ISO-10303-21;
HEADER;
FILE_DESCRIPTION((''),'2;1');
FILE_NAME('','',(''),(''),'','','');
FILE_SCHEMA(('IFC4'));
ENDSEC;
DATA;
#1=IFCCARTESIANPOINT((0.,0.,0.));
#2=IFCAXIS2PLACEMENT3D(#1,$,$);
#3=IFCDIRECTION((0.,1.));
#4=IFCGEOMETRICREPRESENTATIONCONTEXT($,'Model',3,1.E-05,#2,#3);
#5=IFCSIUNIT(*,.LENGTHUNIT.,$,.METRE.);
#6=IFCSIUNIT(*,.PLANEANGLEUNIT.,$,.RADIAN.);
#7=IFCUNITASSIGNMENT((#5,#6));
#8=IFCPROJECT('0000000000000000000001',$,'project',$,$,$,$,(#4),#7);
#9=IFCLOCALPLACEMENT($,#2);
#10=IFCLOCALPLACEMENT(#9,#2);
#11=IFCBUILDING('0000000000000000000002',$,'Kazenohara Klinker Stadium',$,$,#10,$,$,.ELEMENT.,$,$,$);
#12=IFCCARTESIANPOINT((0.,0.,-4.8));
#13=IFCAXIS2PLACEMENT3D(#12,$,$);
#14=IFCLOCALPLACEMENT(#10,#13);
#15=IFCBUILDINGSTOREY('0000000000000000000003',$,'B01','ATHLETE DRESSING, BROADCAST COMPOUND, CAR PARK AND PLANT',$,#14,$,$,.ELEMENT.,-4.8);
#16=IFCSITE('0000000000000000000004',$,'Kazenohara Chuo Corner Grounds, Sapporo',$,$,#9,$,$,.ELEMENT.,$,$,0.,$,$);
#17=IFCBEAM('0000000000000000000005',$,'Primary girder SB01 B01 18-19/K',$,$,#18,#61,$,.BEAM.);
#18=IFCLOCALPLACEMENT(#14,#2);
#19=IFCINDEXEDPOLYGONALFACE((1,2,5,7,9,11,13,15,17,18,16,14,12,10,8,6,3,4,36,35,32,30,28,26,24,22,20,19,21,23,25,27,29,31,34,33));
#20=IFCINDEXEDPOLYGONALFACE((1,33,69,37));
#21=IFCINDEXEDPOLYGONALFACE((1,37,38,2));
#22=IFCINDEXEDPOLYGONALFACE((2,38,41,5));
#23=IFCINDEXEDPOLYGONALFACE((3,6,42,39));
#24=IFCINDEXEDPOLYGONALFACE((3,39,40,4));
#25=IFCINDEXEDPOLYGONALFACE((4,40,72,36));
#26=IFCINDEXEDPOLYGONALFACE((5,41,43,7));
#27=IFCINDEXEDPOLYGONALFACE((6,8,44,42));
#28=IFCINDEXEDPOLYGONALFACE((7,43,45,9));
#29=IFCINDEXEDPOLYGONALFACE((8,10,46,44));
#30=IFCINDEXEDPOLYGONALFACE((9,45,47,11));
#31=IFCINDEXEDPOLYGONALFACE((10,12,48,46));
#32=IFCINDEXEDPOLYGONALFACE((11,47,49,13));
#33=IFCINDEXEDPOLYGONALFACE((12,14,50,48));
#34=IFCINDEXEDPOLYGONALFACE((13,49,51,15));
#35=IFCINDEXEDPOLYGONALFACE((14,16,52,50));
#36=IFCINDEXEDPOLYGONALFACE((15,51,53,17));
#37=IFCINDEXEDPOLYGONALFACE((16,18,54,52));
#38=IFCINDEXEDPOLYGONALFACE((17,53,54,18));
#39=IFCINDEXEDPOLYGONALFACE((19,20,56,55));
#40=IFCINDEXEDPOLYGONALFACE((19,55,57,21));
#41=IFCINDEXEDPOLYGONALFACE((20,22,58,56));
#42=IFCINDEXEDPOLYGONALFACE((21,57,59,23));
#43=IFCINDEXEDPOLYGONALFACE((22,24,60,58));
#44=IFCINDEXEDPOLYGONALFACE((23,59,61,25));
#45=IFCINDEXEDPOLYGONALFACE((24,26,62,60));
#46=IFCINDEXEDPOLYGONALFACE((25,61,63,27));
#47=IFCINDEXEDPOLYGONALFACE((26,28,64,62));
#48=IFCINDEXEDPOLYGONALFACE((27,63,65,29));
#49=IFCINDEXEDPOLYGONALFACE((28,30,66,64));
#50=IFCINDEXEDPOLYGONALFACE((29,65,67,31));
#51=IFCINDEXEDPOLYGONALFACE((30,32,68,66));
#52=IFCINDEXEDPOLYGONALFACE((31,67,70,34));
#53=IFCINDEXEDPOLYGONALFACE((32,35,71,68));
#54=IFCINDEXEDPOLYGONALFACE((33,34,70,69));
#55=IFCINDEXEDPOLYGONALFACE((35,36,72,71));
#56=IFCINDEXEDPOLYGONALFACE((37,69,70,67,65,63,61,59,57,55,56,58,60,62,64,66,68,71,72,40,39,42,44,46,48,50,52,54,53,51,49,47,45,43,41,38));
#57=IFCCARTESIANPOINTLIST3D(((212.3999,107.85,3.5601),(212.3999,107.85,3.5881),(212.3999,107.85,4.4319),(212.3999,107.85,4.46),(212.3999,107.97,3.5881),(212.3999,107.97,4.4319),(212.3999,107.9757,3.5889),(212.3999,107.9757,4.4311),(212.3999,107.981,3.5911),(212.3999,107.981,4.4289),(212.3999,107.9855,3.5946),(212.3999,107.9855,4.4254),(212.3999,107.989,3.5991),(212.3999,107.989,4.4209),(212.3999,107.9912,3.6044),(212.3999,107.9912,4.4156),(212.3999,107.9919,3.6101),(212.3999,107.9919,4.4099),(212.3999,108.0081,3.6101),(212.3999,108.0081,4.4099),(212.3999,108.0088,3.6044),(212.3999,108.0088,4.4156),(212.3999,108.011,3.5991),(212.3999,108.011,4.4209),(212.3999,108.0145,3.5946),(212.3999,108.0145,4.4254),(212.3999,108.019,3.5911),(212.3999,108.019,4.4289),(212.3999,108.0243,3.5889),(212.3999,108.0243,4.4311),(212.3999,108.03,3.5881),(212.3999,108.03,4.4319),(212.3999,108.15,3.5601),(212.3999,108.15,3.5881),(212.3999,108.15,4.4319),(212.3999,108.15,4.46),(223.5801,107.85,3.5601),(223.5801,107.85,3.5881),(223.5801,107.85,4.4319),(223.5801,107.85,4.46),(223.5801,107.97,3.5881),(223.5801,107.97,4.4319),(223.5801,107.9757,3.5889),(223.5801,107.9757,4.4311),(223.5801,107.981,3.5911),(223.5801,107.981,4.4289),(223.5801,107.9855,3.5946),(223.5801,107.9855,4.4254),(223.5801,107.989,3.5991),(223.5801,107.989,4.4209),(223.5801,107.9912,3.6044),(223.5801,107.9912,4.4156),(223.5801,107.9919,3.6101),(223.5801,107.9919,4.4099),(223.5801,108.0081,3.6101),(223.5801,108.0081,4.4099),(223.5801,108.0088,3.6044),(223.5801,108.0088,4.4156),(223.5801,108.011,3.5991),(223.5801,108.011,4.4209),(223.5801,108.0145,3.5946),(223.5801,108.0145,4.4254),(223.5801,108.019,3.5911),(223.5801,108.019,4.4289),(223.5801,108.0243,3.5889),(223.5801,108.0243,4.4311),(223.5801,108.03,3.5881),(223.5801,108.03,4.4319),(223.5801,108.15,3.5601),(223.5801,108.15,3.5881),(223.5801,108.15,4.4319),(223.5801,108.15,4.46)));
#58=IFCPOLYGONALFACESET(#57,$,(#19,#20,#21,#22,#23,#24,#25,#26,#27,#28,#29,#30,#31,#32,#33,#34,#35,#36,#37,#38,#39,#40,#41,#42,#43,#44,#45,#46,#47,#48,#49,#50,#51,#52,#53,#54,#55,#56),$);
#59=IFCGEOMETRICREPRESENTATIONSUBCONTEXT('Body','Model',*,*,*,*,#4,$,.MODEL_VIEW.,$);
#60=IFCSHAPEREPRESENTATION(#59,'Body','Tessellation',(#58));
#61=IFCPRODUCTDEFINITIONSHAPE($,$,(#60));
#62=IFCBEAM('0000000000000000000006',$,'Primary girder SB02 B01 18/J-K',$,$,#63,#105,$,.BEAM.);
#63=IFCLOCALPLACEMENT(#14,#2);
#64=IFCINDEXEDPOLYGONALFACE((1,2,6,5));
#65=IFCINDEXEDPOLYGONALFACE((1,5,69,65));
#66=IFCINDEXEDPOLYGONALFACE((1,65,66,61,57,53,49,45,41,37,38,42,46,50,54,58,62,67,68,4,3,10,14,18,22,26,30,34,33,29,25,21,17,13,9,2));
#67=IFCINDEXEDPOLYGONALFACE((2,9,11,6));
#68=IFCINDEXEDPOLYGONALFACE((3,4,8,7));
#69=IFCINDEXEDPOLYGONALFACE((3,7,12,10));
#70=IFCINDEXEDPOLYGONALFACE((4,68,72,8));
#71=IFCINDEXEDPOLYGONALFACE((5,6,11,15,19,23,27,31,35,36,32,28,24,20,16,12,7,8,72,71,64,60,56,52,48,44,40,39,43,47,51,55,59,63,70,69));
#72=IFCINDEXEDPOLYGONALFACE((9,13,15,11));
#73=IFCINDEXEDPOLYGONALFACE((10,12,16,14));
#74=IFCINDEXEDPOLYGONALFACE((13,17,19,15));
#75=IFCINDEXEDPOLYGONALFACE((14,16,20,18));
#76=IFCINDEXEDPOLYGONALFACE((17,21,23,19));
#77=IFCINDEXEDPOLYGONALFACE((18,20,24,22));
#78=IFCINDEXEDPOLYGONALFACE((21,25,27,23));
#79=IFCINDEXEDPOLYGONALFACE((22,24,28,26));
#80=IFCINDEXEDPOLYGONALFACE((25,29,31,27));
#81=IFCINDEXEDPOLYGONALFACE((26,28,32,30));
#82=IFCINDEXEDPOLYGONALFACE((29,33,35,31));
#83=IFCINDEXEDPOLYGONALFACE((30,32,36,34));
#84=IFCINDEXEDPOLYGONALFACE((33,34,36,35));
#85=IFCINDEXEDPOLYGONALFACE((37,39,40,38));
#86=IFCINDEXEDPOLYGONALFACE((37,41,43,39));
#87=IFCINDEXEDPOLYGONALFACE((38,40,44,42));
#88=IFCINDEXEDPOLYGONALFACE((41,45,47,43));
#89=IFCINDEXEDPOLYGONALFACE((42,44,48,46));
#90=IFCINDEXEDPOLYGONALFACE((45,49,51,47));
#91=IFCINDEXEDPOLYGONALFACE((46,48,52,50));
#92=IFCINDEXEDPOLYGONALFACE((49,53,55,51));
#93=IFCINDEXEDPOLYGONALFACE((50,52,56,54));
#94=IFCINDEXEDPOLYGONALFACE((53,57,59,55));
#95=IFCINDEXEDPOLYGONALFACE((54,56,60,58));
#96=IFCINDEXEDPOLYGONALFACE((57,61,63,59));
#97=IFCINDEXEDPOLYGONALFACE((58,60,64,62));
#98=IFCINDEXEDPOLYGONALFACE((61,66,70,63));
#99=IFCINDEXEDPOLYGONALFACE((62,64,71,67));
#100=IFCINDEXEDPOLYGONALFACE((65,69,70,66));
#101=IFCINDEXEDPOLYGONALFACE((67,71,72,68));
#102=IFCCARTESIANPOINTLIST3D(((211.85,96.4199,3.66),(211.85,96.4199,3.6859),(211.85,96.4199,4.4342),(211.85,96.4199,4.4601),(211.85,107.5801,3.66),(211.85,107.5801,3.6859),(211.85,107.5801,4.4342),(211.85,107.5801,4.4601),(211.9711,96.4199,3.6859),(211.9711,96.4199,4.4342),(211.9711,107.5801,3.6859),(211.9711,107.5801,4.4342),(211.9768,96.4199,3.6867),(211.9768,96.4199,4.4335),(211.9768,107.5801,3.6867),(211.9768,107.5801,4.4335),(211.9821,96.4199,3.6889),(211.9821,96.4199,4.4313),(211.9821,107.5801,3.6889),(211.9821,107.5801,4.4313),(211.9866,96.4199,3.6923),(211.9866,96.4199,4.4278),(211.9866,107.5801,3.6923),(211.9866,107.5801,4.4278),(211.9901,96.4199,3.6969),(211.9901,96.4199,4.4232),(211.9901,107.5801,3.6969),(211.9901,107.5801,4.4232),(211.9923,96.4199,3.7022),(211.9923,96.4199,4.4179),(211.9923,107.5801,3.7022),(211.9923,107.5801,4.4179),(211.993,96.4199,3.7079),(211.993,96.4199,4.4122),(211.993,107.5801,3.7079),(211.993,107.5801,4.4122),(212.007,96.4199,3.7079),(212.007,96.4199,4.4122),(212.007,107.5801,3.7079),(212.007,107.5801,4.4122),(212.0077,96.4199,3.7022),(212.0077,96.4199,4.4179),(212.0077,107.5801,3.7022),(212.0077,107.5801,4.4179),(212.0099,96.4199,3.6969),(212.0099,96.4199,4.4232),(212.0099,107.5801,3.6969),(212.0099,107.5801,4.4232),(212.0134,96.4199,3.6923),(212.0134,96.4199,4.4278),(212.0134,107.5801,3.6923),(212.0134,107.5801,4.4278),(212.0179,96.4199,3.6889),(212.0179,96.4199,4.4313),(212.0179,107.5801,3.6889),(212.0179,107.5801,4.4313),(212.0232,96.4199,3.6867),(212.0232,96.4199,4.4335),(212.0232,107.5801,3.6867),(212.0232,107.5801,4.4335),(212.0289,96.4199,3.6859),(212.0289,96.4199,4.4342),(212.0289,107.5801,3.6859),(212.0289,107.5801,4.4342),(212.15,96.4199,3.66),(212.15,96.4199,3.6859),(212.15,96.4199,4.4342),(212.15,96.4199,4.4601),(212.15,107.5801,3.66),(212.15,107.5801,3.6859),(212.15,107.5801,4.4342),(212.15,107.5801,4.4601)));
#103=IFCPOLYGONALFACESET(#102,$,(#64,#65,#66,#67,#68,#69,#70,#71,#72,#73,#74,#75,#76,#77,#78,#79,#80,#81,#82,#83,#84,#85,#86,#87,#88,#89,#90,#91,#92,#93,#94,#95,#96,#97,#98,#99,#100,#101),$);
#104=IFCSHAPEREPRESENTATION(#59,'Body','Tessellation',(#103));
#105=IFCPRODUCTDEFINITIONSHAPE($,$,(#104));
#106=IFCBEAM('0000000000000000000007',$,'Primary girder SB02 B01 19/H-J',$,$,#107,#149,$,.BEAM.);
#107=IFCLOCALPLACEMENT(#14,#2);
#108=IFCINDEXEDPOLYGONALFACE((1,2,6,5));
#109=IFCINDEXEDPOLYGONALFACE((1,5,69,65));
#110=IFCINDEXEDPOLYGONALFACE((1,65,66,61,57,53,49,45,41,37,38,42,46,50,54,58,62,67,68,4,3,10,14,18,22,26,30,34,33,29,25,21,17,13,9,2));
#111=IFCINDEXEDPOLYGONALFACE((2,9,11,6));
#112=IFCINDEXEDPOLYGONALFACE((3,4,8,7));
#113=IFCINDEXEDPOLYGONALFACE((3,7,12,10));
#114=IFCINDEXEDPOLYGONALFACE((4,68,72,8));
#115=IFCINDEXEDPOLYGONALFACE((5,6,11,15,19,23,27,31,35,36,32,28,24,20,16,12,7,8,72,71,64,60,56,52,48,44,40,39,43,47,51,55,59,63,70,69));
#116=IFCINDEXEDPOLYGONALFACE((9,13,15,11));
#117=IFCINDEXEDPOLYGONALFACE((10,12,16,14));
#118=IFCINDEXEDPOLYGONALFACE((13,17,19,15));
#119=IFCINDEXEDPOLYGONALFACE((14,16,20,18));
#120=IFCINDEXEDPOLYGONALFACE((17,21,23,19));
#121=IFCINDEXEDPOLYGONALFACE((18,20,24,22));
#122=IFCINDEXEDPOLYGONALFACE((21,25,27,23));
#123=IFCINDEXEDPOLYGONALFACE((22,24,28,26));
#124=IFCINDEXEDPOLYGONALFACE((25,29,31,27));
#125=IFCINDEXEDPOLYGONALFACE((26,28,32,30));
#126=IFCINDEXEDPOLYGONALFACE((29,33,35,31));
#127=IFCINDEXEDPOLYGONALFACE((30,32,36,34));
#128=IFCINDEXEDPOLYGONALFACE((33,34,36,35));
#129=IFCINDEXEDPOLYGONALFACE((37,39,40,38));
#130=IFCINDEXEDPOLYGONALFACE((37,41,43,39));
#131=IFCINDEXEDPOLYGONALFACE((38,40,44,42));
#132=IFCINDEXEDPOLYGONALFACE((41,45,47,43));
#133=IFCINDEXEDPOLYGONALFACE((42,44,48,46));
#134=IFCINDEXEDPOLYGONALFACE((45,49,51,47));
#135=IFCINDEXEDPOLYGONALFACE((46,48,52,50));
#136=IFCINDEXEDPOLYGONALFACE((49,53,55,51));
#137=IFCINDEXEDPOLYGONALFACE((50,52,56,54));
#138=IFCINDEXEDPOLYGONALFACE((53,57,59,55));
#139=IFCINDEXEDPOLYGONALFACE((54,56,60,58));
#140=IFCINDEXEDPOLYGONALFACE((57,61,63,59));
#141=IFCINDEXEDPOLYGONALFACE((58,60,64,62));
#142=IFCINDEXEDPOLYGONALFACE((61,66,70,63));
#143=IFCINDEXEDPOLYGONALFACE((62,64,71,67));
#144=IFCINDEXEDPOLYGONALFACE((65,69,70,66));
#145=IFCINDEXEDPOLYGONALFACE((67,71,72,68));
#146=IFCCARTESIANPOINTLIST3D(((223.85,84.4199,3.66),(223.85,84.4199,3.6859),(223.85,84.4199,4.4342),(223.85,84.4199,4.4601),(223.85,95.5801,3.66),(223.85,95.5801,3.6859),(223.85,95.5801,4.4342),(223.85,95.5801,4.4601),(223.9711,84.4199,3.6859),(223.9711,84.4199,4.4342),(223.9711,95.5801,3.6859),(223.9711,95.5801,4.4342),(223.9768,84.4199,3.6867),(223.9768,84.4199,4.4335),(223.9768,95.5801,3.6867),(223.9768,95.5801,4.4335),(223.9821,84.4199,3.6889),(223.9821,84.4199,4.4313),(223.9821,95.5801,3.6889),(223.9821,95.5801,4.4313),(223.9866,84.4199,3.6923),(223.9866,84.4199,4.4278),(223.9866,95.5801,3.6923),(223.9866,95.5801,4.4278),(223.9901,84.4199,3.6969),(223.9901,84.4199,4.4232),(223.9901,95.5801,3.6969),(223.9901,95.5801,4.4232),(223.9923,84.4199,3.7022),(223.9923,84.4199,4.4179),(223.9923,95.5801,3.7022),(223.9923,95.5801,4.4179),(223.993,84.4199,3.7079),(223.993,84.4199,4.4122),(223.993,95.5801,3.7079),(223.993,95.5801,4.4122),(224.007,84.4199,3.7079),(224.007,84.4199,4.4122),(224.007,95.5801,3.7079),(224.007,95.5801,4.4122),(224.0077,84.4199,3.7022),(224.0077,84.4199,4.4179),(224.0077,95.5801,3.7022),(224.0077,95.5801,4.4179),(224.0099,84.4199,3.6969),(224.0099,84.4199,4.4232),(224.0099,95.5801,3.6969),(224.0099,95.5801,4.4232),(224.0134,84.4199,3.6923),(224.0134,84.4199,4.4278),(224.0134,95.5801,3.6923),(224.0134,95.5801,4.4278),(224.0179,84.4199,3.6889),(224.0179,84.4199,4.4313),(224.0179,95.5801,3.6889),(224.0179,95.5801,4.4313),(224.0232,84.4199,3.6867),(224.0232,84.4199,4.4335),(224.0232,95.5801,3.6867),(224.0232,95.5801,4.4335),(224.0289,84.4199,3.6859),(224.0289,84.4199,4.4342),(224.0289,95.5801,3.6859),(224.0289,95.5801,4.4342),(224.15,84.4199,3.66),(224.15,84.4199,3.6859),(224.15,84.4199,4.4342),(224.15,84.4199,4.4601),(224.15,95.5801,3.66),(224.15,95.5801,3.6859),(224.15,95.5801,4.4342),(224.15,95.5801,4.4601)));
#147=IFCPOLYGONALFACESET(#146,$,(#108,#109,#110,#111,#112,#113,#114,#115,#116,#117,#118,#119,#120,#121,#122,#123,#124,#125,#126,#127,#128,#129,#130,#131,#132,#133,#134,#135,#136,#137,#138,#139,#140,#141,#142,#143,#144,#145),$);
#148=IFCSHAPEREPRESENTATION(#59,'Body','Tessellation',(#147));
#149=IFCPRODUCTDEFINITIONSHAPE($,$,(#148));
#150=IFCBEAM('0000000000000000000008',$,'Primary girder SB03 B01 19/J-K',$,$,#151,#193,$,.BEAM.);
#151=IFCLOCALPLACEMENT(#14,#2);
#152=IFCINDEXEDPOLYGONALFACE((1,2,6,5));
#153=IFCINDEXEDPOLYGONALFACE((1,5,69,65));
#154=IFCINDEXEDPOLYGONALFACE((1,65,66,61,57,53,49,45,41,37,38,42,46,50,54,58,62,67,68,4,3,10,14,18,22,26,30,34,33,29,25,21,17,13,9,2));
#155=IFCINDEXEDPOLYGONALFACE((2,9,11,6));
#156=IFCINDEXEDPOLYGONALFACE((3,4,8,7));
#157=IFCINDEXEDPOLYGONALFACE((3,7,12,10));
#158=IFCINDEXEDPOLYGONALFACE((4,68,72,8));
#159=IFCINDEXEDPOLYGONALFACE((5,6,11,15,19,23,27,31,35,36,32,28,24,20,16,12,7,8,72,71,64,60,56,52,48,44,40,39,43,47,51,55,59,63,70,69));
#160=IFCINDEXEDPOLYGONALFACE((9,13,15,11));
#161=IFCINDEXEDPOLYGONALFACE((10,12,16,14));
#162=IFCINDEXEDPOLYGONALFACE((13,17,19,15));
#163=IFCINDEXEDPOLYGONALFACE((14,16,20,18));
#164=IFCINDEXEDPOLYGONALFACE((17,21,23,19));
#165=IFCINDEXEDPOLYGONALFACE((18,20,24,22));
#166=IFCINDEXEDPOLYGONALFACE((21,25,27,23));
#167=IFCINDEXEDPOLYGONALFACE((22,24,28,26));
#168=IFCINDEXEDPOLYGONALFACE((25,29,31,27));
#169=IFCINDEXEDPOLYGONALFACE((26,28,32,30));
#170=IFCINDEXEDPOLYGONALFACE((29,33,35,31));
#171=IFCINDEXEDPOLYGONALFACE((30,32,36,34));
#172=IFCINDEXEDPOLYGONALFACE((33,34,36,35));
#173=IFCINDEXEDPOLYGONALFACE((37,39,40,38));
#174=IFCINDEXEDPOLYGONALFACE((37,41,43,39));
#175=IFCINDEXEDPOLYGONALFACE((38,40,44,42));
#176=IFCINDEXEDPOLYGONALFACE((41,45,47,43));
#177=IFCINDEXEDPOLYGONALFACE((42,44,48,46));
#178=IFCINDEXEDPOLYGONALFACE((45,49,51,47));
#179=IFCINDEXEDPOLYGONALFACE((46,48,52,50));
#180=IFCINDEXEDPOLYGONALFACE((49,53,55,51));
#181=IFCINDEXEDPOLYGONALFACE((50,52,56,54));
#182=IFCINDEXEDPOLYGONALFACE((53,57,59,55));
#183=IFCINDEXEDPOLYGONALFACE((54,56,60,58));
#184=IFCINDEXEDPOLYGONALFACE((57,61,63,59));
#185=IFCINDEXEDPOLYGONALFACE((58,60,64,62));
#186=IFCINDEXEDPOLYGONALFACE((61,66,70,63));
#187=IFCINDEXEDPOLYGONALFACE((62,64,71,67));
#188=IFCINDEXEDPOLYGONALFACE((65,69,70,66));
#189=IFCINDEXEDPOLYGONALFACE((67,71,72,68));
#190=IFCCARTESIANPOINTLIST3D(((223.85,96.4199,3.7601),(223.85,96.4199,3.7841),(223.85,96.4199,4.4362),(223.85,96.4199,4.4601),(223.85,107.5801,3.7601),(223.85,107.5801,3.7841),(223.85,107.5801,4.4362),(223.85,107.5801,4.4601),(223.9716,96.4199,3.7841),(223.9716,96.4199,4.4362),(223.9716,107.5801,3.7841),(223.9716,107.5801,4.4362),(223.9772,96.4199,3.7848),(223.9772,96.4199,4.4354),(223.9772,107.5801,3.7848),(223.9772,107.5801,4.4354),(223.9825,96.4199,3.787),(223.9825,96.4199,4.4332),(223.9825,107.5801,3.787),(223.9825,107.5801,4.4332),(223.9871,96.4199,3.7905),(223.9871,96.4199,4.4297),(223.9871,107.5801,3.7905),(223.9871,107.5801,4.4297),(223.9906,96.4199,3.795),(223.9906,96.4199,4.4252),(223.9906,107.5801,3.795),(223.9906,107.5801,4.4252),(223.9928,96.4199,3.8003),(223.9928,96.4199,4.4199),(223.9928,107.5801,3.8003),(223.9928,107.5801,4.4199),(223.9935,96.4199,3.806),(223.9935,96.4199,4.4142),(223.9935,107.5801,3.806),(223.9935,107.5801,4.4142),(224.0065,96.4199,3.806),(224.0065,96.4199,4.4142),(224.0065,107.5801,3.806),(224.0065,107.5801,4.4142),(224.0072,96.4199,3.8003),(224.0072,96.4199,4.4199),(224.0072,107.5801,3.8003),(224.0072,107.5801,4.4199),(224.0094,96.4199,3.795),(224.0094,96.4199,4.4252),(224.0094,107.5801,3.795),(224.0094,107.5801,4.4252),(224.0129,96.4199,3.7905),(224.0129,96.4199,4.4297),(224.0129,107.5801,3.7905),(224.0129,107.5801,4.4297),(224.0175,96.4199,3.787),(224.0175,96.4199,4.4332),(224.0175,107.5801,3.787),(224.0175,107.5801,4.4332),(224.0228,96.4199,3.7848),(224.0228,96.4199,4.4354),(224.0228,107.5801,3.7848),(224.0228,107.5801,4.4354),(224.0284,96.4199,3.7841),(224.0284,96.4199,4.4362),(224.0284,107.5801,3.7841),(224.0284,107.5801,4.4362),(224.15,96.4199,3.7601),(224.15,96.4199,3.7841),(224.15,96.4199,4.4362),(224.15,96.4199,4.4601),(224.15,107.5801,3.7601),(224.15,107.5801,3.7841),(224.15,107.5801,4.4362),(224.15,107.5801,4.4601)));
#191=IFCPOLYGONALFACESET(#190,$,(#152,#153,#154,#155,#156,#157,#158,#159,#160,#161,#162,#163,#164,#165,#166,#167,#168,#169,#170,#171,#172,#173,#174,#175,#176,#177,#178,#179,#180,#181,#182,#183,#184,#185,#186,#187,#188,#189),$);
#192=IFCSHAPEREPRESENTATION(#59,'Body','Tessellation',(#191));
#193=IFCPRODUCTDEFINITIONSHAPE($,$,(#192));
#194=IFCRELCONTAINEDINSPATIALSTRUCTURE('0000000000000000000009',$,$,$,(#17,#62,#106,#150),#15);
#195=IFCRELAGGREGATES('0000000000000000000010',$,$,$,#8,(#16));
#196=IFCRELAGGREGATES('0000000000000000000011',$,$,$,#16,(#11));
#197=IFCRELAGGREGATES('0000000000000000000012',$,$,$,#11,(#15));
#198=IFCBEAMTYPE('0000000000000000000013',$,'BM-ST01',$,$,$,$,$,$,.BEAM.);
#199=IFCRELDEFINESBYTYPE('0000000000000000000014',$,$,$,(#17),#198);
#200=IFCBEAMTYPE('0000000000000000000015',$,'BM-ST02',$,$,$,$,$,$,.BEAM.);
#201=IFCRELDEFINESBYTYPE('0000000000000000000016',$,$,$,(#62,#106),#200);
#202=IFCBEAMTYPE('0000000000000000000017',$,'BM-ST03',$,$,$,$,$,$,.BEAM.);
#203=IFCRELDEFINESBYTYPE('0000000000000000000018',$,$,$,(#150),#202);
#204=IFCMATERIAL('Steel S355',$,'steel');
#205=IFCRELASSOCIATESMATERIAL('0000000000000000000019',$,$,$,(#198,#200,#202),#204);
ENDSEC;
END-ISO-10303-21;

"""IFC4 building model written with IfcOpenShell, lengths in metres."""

from ifc_helpers import new_model, si_unit, direction, frame, origin, origin_2d, place, context, subcontext, project, spatial, i_section, extrude, material, material_profile, profile_set, type_object, element, save


model = new_model("IFC4")

# Units and contexts
model_context = context("Model", 3, precision=1e-05, world=origin(), true_north=direction((0.0, 1.0)))
body_context = subcontext(model_context, "Body", "Model", "MODEL_VIEW")
ifc_project = project(units=[si_unit("LENGTHUNIT", "METRE"), si_unit("PLANEANGLEUNIT", "RADIAN")], contexts=[model_context])

# Site, building, storey
site_placement = place(None, origin())
site = spatial("IfcSite", under=ifc_project, at=site_placement, Name="Kazenohara Chuo Corner Grounds, Sapporo", CompositionType="ELEMENT", RefElevation=0.0)
building_placement = place(site_placement, origin())
building = spatial("IfcBuilding", under=site, at=building_placement, Name="Kazenohara Klinker Stadium", CompositionType="ELEMENT")
storey_placement = place(building_placement, frame((0.0, 0.0, -4.8)))
storey = spatial("IfcBuildingStorey", under=building, at=storey_placement, Name="B01", Description="ATHLETE DRESSING, BROADCAST COMPOUND, CAR PARK AND PLANT", CompositionType="ELEMENT", Elevation=-4.8)

# Beams
ifc_material_1 = material(Name="Steel S355", Category="steel")
ifc_material_profile_1 = material_profile(ifc_material_1, i_section(OverallWidth=0.3, OverallDepth=0.8999, WebThickness=0.0161, FlangeThickness=0.0281, FilletRadius=0.022, at=origin_2d()), Name="H-900x300x16x28")
ifc_profile_set_1 = profile_set([ifc_material_profile_1], Name="Steel S355")
beam_type_1 = type_object("IfcBeamType", Name="BM-ST01", PredefinedType="BEAM", material=ifc_profile_set_1)
beam_1_placement = place(storey_placement, frame((212.3999, 108.0, 4.01), z_axis=(1.0, 0.0, 0.0), x_axis=(0.0, 1.0, 0.0)))
element("IfcBeam", 1, at=beam_1_placement, inside=storey, type_object=beam_type_1, Name="Primary girder SB01 B01 18-19/K", PredefinedType="BEAM", context=body_context, shape_type="SweptSolid", body=[
    extrude(i_section(OverallWidth=0.3, OverallDepth=0.8999, WebThickness=0.0161, FlangeThickness=0.0281, FilletRadius=0.022, at=origin_2d()), origin(), (0.0, 0.0, 1.0), 11.1802),
])
ifc_material_profile_2 = material_profile(ifc_material_1, i_section(OverallWidth=0.3, OverallDepth=0.8, WebThickness=0.0139, FlangeThickness=0.0259, FilletRadius=0.022, at=origin_2d()), Name="H-800x300x14x26")
ifc_profile_set_2 = profile_set([ifc_material_profile_2], Name="Steel S355")
beam_type_2 = type_object("IfcBeamType", Name="BM-ST02", PredefinedType="BEAM", material=ifc_profile_set_2)
for number, where, z_axis, x_axis, name in (
    (2, (212.0, 96.4199, 4.0601), (0.0, 1.0, 0.0), (-1.0, 0.0, 0.0), "Primary girder SB02 B01 18/J-K"),
    (3, (224.0, 84.4199, 4.0601), (0.0, 1.0, 0.0), (-1.0, 0.0, 0.0), "Primary girder SB02 B01 19/H-J"),
):
    element("IfcBeam", number, at=place(storey_placement, frame(where, z_axis=z_axis, x_axis=x_axis)), inside=storey, type_object=beam_type_2, Name=name, PredefinedType="BEAM", context=body_context, shape_type="SweptSolid", body=[
        extrude(i_section(OverallWidth=0.3, OverallDepth=0.8, WebThickness=0.0139, FlangeThickness=0.0259, FilletRadius=0.022, at=origin_2d()), origin(), (0.0, 0.0, 1.0), 11.1602),
    ])
ifc_material_profile_3 = material_profile(ifc_material_1, i_section(OverallWidth=0.3, OverallDepth=0.7, WebThickness=0.0129, FlangeThickness=0.0239, FilletRadius=0.022, at=origin_2d()), Name="H-700x300x13x24")
ifc_profile_set_3 = profile_set([ifc_material_profile_3], Name="Steel S355")
beam_type_3 = type_object("IfcBeamType", Name="BM-ST03", PredefinedType="BEAM", material=ifc_profile_set_3)
beam_2_placement = place(storey_placement, frame((224.0, 96.4199, 4.1101), z_axis=(0.0, 1.0, 0.0), x_axis=(-1.0, 0.0, 0.0)))
element("IfcBeam", 4, at=beam_2_placement, inside=storey, type_object=beam_type_3, Name="Primary girder SB03 B01 19/J-K", PredefinedType="BEAM", context=body_context, shape_type="SweptSolid", body=[
    extrude(i_section(OverallWidth=0.3, OverallDepth=0.7, WebThickness=0.0129, FlangeThickness=0.0239, FilletRadius=0.022, at=origin_2d()), origin(), (0.0, 0.0, 1.0), 11.1602),
])

save(model, "model.ifc")
